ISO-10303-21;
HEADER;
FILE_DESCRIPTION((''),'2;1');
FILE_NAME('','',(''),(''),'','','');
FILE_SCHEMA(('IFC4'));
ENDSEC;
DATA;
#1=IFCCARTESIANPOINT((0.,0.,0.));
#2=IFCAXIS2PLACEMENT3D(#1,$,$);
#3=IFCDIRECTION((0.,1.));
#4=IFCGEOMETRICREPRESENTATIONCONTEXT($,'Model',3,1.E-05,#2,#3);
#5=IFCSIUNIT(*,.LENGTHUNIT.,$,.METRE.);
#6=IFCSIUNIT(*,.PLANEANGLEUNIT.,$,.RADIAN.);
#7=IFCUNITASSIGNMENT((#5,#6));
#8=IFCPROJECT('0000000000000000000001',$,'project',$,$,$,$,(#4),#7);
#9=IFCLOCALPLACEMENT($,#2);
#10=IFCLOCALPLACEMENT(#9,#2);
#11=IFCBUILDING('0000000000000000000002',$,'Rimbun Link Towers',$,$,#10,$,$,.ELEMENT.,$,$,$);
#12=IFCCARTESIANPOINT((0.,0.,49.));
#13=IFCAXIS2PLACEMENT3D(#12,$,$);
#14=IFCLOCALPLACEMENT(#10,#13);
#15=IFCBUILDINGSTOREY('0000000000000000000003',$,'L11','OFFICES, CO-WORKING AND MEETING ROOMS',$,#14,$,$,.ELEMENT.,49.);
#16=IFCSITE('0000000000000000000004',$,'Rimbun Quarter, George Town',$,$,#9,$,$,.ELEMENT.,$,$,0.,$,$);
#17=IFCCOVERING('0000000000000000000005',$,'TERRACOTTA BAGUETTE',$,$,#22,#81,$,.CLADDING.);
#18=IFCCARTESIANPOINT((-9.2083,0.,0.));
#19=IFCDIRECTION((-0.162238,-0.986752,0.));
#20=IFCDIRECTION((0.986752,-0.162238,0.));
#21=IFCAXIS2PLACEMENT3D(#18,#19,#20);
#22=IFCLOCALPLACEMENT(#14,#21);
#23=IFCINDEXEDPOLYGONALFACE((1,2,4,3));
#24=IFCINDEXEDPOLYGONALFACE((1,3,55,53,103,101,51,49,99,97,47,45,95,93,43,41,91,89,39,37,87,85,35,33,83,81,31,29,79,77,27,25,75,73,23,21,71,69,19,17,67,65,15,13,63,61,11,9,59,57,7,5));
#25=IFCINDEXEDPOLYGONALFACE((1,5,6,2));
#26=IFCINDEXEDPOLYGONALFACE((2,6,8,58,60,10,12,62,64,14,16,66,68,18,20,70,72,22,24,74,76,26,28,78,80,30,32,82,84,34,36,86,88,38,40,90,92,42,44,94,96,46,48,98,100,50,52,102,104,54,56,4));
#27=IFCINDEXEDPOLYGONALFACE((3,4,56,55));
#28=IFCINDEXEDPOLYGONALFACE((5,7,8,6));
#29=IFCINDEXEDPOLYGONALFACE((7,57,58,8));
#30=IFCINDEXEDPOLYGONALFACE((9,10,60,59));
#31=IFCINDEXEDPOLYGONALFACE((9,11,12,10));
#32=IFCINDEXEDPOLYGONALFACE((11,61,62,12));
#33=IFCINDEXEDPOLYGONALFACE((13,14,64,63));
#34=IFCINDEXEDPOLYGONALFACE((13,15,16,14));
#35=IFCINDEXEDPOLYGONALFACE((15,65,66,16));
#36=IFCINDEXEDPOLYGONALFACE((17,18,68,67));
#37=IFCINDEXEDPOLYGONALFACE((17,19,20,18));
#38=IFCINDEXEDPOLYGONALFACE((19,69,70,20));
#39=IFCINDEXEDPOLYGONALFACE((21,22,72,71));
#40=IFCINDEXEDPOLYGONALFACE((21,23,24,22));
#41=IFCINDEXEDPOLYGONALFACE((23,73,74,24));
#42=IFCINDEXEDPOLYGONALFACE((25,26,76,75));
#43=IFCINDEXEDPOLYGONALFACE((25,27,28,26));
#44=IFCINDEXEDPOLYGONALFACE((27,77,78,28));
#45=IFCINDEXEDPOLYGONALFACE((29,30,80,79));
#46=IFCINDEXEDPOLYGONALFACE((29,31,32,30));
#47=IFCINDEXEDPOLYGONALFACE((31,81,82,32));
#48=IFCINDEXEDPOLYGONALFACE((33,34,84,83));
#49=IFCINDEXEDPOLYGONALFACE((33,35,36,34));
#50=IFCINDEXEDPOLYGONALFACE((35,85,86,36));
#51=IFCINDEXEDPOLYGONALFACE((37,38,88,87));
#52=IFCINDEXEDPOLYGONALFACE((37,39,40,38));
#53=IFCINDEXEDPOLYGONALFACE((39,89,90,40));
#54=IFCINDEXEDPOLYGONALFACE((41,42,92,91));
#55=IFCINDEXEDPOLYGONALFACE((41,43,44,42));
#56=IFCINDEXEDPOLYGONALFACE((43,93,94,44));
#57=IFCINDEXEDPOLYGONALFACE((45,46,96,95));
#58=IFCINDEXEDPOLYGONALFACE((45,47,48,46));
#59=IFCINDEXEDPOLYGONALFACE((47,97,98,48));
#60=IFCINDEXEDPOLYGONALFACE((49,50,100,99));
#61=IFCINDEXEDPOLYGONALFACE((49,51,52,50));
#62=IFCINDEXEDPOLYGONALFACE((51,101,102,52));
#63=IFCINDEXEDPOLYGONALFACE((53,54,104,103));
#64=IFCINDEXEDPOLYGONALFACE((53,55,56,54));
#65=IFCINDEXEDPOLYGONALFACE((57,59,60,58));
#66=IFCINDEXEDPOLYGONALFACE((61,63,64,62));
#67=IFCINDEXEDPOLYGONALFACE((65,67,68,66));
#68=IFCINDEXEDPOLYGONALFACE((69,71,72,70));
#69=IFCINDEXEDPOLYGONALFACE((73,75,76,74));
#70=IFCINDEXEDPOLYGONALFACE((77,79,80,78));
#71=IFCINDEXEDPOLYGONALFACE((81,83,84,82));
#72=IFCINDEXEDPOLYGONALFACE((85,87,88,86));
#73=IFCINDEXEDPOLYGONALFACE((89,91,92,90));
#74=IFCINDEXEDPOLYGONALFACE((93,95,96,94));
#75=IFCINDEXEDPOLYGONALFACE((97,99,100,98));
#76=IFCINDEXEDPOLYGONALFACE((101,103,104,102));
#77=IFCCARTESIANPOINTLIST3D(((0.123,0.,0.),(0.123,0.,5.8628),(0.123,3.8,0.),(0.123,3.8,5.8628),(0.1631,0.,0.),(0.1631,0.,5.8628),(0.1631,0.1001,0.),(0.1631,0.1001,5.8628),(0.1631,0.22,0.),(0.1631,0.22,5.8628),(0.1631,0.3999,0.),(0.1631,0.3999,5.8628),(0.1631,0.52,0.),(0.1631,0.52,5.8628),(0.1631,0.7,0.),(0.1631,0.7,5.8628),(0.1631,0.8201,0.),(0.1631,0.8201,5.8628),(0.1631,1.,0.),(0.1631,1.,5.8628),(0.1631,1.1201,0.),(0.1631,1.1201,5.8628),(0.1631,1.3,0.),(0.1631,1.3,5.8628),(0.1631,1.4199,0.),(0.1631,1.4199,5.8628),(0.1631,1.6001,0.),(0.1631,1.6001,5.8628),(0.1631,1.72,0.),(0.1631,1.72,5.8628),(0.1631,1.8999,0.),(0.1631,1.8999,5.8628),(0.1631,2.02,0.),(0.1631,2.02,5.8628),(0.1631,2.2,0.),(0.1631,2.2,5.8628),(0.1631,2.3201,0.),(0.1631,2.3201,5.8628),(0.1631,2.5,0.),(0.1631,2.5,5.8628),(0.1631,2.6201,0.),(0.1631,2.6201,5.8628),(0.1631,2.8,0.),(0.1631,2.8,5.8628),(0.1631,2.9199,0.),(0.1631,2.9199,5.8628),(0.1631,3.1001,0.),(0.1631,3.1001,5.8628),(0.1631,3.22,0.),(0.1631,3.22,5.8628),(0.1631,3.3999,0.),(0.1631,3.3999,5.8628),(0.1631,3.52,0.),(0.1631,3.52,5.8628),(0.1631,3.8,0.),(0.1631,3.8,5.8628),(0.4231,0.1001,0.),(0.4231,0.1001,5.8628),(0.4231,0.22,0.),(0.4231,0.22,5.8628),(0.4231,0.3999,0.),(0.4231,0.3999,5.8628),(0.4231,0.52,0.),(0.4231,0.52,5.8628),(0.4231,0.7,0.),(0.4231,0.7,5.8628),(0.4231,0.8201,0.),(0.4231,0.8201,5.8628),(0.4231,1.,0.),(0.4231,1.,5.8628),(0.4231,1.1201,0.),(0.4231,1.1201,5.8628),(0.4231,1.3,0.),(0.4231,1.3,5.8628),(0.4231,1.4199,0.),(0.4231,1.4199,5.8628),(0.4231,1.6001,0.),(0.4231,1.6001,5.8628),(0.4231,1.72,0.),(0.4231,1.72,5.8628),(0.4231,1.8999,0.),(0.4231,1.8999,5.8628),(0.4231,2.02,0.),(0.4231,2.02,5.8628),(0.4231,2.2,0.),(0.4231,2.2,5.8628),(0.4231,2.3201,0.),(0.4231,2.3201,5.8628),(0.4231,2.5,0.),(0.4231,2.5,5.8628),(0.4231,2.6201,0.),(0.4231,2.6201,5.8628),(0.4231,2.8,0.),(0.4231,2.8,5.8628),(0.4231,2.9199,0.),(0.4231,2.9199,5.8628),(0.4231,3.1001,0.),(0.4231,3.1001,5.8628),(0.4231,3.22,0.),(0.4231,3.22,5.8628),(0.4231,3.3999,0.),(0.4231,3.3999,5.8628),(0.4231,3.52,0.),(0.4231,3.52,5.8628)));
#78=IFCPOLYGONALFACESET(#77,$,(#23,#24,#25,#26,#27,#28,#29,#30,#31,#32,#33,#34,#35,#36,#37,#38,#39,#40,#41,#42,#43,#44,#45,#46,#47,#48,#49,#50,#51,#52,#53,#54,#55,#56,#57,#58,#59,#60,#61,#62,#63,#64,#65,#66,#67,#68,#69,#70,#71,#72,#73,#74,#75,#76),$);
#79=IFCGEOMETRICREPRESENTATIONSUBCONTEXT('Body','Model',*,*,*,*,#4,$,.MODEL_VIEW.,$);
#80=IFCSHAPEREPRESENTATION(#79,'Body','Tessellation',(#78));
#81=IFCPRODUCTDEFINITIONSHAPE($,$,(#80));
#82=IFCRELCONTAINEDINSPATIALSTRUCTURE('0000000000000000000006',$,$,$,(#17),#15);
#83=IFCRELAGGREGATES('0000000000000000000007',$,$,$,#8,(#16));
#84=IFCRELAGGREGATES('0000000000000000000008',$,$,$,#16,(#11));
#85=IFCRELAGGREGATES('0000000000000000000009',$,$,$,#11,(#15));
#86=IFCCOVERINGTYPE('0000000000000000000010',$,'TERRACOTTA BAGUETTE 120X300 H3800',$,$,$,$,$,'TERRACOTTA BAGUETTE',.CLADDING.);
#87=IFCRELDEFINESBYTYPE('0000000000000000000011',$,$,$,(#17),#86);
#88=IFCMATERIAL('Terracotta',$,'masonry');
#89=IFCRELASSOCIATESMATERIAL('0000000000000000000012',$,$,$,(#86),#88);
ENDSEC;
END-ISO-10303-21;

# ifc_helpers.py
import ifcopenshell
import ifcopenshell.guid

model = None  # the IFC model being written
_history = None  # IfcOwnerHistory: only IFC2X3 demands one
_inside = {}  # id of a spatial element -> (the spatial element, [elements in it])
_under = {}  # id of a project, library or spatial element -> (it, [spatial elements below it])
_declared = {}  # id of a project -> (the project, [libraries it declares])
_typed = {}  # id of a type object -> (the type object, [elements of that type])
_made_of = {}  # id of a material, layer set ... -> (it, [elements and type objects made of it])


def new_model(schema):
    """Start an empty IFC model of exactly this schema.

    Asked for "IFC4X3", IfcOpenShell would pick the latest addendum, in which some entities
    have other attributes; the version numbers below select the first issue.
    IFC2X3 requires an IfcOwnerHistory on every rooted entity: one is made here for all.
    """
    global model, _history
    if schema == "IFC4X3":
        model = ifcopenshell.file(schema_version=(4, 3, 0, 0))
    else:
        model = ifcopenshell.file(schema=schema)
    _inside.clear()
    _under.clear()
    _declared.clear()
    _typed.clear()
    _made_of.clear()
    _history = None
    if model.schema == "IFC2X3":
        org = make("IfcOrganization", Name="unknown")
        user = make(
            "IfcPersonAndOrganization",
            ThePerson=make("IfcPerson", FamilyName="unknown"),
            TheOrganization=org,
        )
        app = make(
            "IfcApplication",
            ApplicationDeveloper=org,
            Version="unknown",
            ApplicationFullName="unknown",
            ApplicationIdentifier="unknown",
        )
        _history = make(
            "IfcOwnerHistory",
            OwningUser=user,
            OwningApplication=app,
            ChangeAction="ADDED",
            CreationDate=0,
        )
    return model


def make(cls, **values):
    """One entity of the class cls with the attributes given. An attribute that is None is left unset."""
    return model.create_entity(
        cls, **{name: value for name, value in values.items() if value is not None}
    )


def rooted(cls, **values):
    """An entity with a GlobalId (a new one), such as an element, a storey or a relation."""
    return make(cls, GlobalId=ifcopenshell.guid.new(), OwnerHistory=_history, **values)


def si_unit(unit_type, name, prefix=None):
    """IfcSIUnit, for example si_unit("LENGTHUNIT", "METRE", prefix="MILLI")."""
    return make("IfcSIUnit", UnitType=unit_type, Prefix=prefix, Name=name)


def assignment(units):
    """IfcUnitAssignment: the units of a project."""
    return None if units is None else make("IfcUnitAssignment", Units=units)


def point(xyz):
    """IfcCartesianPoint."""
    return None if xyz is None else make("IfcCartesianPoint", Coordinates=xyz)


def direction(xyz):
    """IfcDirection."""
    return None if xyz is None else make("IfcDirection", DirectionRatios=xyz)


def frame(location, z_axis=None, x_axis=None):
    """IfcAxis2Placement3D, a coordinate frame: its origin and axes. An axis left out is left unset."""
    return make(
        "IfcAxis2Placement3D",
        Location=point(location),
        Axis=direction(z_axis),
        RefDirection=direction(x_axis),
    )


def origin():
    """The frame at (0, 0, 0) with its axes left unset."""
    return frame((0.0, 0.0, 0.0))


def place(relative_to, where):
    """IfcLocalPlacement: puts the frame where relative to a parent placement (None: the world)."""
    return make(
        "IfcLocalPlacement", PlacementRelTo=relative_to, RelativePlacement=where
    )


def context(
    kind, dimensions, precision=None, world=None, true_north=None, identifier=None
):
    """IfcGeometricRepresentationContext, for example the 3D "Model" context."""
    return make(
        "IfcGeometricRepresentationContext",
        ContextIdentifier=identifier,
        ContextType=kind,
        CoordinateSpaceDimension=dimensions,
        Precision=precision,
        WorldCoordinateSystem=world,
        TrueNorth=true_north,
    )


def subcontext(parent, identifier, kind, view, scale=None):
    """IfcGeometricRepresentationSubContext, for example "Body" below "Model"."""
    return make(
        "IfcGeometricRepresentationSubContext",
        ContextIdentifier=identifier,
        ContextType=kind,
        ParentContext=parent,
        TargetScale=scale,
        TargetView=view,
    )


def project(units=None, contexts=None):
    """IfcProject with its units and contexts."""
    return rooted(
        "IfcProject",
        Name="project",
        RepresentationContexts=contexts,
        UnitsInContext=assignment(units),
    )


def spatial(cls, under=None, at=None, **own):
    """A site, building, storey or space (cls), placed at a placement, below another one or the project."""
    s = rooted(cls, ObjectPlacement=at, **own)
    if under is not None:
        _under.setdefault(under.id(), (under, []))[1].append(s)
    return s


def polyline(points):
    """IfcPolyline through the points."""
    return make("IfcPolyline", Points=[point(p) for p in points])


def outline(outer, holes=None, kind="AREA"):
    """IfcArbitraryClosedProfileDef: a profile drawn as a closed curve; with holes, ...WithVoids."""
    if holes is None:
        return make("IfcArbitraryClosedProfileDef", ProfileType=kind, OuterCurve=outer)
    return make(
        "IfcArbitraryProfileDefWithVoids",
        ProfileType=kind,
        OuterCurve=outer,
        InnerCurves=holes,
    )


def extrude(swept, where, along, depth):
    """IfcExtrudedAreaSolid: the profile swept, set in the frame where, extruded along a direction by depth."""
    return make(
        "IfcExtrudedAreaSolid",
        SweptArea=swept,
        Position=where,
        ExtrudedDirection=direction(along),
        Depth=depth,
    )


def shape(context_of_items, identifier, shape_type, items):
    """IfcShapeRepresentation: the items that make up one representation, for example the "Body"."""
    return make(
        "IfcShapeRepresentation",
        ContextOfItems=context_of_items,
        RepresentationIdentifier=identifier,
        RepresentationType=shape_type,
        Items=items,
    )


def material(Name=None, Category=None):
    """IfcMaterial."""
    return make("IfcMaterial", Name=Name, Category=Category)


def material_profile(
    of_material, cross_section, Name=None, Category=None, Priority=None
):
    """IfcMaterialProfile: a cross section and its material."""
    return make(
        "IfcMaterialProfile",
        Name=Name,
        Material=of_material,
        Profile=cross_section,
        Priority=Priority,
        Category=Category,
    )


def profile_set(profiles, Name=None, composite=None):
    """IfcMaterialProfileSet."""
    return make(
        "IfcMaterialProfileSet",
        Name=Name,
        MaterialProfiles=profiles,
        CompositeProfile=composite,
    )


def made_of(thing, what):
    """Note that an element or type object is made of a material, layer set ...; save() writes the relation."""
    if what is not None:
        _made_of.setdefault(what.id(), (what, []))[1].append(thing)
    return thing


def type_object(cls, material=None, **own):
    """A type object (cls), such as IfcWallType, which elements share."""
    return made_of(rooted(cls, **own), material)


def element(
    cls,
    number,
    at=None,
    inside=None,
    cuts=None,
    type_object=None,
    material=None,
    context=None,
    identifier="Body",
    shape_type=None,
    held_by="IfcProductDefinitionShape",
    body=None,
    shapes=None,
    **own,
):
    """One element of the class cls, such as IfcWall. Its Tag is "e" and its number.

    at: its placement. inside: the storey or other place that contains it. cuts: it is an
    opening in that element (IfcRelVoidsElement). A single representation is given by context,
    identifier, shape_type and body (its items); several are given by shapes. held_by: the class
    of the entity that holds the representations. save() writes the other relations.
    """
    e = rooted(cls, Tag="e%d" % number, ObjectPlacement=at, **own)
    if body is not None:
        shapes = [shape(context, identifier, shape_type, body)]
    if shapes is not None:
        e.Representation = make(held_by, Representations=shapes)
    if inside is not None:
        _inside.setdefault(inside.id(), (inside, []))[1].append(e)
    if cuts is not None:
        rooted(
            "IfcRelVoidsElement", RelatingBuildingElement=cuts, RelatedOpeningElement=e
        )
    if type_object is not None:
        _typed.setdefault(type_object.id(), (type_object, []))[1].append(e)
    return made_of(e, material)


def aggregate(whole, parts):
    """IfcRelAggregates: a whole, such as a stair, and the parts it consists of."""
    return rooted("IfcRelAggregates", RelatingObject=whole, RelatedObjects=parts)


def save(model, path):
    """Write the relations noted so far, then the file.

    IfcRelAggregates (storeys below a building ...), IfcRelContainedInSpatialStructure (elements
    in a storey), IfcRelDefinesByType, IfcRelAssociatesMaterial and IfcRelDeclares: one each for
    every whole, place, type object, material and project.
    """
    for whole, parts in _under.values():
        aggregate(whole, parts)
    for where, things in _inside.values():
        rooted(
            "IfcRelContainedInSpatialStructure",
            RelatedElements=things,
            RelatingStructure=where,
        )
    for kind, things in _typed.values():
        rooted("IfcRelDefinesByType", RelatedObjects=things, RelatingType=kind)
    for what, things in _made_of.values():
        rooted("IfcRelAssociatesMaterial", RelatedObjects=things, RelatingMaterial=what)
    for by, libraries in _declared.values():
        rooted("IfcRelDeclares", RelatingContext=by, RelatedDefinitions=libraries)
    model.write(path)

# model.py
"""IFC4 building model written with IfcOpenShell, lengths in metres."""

from ifc_helpers import new_model, si_unit, direction, frame, origin, place, context, subcontext, project, spatial, polyline, outline, extrude, material, material_profile, profile_set, type_object, element, save


model = new_model("IFC4")

# Units and contexts
model_context = context("Model", 3, precision=1e-05, world=origin(), true_north=direction((0.0, 1.0)))
body_context = subcontext(model_context, "Body", "Model", "MODEL_VIEW")
ifc_project = project(units=[si_unit("LENGTHUNIT", "METRE"), si_unit("PLANEANGLEUNIT", "RADIAN")], contexts=[model_context])

# Site, building, storey
site_placement = place(None, origin())
site = spatial("IfcSite", under=ifc_project, at=site_placement, Name="Rimbun Quarter, George Town", CompositionType="ELEMENT", RefElevation=0.0)
building_placement = place(site_placement, origin())
building = spatial("IfcBuilding", under=site, at=building_placement, Name="Rimbun Link Towers", CompositionType="ELEMENT")
storey_placement = place(building_placement, frame((0.0, 0.0, 49.0)))
storey = spatial("IfcBuildingStorey", under=building, at=storey_placement, Name="L11", Description="OFFICES, CO-WORKING AND MEETING ROOMS", CompositionType="ELEMENT", Elevation=49.0)

# Covering
ifc_material_1 = material(Name="Terracotta", Category="masonry")
ifc_material_profile_1 = material_profile(ifc_material_1, outline(polyline([(0.123, 0.0), (0.1631, 0.0), (0.1631, 0.1001), (0.4231, 0.1001), (0.4231, 0.22), (0.1631, 0.22), (0.1631, 0.3999), (0.4231, 0.3999), (0.4231, 0.52), (0.1631, 0.52), (0.1631, 0.7), (0.4231, 0.7), (0.4231, 0.8201), (0.1631, 0.8201), (0.1631, 1.0), (0.4231, 1.0), (0.4231, 1.1201), (0.1631, 1.1201), (0.1631, 1.3), (0.4231, 1.3), (0.4231, 1.4199), (0.1631, 1.4199), (0.1631, 1.6001), (0.4231, 1.6001), (0.4231, 1.72), (0.1631, 1.72), (0.1631, 1.8999), (0.4231, 1.8999), (0.4231, 2.02), (0.1631, 2.02), (0.1631, 2.2), (0.4231, 2.2), (0.4231, 2.3201), (0.1631, 2.3201), (0.1631, 2.5), (0.4231, 2.5), (0.4231, 2.6201), (0.1631, 2.6201), (0.1631, 2.8), (0.4231, 2.8), (0.4231, 2.9199), (0.1631, 2.9199), (0.1631, 3.1001), (0.4231, 3.1001), (0.4231, 3.22), (0.1631, 3.22), (0.1631, 3.3999), (0.4231, 3.3999), (0.4231, 3.52), (0.1631, 3.52), (0.1631, 3.8), (0.123, 3.8), (0.123, 0.0)])), Name="BAGUETTE 120X300")
ifc_profile_set_1 = profile_set([ifc_material_profile_1], Name="Terracotta")
covering_type = type_object("IfcCoveringType", Name="TERRACOTTA BAGUETTE 120X300 H3800", ElementType="TERRACOTTA BAGUETTE", PredefinedType="CLADDING", material=ifc_profile_set_1)
covering_1_placement = place(storey_placement, frame((-9.2083, 0.0, 0.0), z_axis=(-0.162238, -0.986752, 0.0), x_axis=(0.986752, -0.162238, 0.0)))
element("IfcCovering", 1, at=covering_1_placement, inside=storey, type_object=covering_type, Name="TERRACOTTA BAGUETTE", PredefinedType="CLADDING", context=body_context, shape_type="SweptSolid", body=[
    extrude(outline(polyline([(0.123, 0.0), (0.1631, 0.0), (0.1631, 0.1001), (0.4231, 0.1001), (0.4231, 0.22), (0.1631, 0.22), (0.1631, 0.3999), (0.4231, 0.3999), (0.4231, 0.52), (0.1631, 0.52), (0.1631, 0.7), (0.4231, 0.7), (0.4231, 0.8201), (0.1631, 0.8201), (0.1631, 1.0), (0.4231, 1.0), (0.4231, 1.1201), (0.1631, 1.1201), (0.1631, 1.3), (0.4231, 1.3), (0.4231, 1.4199), (0.1631, 1.4199), (0.1631, 1.6001), (0.4231, 1.6001), (0.4231, 1.72), (0.1631, 1.72), (0.1631, 1.8999), (0.4231, 1.8999), (0.4231, 2.02), (0.1631, 2.02), (0.1631, 2.2), (0.4231, 2.2), (0.4231, 2.3201), (0.1631, 2.3201), (0.1631, 2.5), (0.4231, 2.5), (0.4231, 2.6201), (0.1631, 2.6201), (0.1631, 2.8), (0.4231, 2.8), (0.4231, 2.9199), (0.1631, 2.9199), (0.1631, 3.1001), (0.4231, 3.1001), (0.4231, 3.22), (0.1631, 3.22), (0.1631, 3.3999), (0.4231, 3.3999), (0.4231, 3.52), (0.1631, 3.52), (0.1631, 3.8), (0.123, 3.8), (0.123, 0.0)])), origin(), (0.0, 0.0, 1.0), 5.8628),
])

save(model, "model.ifc")
